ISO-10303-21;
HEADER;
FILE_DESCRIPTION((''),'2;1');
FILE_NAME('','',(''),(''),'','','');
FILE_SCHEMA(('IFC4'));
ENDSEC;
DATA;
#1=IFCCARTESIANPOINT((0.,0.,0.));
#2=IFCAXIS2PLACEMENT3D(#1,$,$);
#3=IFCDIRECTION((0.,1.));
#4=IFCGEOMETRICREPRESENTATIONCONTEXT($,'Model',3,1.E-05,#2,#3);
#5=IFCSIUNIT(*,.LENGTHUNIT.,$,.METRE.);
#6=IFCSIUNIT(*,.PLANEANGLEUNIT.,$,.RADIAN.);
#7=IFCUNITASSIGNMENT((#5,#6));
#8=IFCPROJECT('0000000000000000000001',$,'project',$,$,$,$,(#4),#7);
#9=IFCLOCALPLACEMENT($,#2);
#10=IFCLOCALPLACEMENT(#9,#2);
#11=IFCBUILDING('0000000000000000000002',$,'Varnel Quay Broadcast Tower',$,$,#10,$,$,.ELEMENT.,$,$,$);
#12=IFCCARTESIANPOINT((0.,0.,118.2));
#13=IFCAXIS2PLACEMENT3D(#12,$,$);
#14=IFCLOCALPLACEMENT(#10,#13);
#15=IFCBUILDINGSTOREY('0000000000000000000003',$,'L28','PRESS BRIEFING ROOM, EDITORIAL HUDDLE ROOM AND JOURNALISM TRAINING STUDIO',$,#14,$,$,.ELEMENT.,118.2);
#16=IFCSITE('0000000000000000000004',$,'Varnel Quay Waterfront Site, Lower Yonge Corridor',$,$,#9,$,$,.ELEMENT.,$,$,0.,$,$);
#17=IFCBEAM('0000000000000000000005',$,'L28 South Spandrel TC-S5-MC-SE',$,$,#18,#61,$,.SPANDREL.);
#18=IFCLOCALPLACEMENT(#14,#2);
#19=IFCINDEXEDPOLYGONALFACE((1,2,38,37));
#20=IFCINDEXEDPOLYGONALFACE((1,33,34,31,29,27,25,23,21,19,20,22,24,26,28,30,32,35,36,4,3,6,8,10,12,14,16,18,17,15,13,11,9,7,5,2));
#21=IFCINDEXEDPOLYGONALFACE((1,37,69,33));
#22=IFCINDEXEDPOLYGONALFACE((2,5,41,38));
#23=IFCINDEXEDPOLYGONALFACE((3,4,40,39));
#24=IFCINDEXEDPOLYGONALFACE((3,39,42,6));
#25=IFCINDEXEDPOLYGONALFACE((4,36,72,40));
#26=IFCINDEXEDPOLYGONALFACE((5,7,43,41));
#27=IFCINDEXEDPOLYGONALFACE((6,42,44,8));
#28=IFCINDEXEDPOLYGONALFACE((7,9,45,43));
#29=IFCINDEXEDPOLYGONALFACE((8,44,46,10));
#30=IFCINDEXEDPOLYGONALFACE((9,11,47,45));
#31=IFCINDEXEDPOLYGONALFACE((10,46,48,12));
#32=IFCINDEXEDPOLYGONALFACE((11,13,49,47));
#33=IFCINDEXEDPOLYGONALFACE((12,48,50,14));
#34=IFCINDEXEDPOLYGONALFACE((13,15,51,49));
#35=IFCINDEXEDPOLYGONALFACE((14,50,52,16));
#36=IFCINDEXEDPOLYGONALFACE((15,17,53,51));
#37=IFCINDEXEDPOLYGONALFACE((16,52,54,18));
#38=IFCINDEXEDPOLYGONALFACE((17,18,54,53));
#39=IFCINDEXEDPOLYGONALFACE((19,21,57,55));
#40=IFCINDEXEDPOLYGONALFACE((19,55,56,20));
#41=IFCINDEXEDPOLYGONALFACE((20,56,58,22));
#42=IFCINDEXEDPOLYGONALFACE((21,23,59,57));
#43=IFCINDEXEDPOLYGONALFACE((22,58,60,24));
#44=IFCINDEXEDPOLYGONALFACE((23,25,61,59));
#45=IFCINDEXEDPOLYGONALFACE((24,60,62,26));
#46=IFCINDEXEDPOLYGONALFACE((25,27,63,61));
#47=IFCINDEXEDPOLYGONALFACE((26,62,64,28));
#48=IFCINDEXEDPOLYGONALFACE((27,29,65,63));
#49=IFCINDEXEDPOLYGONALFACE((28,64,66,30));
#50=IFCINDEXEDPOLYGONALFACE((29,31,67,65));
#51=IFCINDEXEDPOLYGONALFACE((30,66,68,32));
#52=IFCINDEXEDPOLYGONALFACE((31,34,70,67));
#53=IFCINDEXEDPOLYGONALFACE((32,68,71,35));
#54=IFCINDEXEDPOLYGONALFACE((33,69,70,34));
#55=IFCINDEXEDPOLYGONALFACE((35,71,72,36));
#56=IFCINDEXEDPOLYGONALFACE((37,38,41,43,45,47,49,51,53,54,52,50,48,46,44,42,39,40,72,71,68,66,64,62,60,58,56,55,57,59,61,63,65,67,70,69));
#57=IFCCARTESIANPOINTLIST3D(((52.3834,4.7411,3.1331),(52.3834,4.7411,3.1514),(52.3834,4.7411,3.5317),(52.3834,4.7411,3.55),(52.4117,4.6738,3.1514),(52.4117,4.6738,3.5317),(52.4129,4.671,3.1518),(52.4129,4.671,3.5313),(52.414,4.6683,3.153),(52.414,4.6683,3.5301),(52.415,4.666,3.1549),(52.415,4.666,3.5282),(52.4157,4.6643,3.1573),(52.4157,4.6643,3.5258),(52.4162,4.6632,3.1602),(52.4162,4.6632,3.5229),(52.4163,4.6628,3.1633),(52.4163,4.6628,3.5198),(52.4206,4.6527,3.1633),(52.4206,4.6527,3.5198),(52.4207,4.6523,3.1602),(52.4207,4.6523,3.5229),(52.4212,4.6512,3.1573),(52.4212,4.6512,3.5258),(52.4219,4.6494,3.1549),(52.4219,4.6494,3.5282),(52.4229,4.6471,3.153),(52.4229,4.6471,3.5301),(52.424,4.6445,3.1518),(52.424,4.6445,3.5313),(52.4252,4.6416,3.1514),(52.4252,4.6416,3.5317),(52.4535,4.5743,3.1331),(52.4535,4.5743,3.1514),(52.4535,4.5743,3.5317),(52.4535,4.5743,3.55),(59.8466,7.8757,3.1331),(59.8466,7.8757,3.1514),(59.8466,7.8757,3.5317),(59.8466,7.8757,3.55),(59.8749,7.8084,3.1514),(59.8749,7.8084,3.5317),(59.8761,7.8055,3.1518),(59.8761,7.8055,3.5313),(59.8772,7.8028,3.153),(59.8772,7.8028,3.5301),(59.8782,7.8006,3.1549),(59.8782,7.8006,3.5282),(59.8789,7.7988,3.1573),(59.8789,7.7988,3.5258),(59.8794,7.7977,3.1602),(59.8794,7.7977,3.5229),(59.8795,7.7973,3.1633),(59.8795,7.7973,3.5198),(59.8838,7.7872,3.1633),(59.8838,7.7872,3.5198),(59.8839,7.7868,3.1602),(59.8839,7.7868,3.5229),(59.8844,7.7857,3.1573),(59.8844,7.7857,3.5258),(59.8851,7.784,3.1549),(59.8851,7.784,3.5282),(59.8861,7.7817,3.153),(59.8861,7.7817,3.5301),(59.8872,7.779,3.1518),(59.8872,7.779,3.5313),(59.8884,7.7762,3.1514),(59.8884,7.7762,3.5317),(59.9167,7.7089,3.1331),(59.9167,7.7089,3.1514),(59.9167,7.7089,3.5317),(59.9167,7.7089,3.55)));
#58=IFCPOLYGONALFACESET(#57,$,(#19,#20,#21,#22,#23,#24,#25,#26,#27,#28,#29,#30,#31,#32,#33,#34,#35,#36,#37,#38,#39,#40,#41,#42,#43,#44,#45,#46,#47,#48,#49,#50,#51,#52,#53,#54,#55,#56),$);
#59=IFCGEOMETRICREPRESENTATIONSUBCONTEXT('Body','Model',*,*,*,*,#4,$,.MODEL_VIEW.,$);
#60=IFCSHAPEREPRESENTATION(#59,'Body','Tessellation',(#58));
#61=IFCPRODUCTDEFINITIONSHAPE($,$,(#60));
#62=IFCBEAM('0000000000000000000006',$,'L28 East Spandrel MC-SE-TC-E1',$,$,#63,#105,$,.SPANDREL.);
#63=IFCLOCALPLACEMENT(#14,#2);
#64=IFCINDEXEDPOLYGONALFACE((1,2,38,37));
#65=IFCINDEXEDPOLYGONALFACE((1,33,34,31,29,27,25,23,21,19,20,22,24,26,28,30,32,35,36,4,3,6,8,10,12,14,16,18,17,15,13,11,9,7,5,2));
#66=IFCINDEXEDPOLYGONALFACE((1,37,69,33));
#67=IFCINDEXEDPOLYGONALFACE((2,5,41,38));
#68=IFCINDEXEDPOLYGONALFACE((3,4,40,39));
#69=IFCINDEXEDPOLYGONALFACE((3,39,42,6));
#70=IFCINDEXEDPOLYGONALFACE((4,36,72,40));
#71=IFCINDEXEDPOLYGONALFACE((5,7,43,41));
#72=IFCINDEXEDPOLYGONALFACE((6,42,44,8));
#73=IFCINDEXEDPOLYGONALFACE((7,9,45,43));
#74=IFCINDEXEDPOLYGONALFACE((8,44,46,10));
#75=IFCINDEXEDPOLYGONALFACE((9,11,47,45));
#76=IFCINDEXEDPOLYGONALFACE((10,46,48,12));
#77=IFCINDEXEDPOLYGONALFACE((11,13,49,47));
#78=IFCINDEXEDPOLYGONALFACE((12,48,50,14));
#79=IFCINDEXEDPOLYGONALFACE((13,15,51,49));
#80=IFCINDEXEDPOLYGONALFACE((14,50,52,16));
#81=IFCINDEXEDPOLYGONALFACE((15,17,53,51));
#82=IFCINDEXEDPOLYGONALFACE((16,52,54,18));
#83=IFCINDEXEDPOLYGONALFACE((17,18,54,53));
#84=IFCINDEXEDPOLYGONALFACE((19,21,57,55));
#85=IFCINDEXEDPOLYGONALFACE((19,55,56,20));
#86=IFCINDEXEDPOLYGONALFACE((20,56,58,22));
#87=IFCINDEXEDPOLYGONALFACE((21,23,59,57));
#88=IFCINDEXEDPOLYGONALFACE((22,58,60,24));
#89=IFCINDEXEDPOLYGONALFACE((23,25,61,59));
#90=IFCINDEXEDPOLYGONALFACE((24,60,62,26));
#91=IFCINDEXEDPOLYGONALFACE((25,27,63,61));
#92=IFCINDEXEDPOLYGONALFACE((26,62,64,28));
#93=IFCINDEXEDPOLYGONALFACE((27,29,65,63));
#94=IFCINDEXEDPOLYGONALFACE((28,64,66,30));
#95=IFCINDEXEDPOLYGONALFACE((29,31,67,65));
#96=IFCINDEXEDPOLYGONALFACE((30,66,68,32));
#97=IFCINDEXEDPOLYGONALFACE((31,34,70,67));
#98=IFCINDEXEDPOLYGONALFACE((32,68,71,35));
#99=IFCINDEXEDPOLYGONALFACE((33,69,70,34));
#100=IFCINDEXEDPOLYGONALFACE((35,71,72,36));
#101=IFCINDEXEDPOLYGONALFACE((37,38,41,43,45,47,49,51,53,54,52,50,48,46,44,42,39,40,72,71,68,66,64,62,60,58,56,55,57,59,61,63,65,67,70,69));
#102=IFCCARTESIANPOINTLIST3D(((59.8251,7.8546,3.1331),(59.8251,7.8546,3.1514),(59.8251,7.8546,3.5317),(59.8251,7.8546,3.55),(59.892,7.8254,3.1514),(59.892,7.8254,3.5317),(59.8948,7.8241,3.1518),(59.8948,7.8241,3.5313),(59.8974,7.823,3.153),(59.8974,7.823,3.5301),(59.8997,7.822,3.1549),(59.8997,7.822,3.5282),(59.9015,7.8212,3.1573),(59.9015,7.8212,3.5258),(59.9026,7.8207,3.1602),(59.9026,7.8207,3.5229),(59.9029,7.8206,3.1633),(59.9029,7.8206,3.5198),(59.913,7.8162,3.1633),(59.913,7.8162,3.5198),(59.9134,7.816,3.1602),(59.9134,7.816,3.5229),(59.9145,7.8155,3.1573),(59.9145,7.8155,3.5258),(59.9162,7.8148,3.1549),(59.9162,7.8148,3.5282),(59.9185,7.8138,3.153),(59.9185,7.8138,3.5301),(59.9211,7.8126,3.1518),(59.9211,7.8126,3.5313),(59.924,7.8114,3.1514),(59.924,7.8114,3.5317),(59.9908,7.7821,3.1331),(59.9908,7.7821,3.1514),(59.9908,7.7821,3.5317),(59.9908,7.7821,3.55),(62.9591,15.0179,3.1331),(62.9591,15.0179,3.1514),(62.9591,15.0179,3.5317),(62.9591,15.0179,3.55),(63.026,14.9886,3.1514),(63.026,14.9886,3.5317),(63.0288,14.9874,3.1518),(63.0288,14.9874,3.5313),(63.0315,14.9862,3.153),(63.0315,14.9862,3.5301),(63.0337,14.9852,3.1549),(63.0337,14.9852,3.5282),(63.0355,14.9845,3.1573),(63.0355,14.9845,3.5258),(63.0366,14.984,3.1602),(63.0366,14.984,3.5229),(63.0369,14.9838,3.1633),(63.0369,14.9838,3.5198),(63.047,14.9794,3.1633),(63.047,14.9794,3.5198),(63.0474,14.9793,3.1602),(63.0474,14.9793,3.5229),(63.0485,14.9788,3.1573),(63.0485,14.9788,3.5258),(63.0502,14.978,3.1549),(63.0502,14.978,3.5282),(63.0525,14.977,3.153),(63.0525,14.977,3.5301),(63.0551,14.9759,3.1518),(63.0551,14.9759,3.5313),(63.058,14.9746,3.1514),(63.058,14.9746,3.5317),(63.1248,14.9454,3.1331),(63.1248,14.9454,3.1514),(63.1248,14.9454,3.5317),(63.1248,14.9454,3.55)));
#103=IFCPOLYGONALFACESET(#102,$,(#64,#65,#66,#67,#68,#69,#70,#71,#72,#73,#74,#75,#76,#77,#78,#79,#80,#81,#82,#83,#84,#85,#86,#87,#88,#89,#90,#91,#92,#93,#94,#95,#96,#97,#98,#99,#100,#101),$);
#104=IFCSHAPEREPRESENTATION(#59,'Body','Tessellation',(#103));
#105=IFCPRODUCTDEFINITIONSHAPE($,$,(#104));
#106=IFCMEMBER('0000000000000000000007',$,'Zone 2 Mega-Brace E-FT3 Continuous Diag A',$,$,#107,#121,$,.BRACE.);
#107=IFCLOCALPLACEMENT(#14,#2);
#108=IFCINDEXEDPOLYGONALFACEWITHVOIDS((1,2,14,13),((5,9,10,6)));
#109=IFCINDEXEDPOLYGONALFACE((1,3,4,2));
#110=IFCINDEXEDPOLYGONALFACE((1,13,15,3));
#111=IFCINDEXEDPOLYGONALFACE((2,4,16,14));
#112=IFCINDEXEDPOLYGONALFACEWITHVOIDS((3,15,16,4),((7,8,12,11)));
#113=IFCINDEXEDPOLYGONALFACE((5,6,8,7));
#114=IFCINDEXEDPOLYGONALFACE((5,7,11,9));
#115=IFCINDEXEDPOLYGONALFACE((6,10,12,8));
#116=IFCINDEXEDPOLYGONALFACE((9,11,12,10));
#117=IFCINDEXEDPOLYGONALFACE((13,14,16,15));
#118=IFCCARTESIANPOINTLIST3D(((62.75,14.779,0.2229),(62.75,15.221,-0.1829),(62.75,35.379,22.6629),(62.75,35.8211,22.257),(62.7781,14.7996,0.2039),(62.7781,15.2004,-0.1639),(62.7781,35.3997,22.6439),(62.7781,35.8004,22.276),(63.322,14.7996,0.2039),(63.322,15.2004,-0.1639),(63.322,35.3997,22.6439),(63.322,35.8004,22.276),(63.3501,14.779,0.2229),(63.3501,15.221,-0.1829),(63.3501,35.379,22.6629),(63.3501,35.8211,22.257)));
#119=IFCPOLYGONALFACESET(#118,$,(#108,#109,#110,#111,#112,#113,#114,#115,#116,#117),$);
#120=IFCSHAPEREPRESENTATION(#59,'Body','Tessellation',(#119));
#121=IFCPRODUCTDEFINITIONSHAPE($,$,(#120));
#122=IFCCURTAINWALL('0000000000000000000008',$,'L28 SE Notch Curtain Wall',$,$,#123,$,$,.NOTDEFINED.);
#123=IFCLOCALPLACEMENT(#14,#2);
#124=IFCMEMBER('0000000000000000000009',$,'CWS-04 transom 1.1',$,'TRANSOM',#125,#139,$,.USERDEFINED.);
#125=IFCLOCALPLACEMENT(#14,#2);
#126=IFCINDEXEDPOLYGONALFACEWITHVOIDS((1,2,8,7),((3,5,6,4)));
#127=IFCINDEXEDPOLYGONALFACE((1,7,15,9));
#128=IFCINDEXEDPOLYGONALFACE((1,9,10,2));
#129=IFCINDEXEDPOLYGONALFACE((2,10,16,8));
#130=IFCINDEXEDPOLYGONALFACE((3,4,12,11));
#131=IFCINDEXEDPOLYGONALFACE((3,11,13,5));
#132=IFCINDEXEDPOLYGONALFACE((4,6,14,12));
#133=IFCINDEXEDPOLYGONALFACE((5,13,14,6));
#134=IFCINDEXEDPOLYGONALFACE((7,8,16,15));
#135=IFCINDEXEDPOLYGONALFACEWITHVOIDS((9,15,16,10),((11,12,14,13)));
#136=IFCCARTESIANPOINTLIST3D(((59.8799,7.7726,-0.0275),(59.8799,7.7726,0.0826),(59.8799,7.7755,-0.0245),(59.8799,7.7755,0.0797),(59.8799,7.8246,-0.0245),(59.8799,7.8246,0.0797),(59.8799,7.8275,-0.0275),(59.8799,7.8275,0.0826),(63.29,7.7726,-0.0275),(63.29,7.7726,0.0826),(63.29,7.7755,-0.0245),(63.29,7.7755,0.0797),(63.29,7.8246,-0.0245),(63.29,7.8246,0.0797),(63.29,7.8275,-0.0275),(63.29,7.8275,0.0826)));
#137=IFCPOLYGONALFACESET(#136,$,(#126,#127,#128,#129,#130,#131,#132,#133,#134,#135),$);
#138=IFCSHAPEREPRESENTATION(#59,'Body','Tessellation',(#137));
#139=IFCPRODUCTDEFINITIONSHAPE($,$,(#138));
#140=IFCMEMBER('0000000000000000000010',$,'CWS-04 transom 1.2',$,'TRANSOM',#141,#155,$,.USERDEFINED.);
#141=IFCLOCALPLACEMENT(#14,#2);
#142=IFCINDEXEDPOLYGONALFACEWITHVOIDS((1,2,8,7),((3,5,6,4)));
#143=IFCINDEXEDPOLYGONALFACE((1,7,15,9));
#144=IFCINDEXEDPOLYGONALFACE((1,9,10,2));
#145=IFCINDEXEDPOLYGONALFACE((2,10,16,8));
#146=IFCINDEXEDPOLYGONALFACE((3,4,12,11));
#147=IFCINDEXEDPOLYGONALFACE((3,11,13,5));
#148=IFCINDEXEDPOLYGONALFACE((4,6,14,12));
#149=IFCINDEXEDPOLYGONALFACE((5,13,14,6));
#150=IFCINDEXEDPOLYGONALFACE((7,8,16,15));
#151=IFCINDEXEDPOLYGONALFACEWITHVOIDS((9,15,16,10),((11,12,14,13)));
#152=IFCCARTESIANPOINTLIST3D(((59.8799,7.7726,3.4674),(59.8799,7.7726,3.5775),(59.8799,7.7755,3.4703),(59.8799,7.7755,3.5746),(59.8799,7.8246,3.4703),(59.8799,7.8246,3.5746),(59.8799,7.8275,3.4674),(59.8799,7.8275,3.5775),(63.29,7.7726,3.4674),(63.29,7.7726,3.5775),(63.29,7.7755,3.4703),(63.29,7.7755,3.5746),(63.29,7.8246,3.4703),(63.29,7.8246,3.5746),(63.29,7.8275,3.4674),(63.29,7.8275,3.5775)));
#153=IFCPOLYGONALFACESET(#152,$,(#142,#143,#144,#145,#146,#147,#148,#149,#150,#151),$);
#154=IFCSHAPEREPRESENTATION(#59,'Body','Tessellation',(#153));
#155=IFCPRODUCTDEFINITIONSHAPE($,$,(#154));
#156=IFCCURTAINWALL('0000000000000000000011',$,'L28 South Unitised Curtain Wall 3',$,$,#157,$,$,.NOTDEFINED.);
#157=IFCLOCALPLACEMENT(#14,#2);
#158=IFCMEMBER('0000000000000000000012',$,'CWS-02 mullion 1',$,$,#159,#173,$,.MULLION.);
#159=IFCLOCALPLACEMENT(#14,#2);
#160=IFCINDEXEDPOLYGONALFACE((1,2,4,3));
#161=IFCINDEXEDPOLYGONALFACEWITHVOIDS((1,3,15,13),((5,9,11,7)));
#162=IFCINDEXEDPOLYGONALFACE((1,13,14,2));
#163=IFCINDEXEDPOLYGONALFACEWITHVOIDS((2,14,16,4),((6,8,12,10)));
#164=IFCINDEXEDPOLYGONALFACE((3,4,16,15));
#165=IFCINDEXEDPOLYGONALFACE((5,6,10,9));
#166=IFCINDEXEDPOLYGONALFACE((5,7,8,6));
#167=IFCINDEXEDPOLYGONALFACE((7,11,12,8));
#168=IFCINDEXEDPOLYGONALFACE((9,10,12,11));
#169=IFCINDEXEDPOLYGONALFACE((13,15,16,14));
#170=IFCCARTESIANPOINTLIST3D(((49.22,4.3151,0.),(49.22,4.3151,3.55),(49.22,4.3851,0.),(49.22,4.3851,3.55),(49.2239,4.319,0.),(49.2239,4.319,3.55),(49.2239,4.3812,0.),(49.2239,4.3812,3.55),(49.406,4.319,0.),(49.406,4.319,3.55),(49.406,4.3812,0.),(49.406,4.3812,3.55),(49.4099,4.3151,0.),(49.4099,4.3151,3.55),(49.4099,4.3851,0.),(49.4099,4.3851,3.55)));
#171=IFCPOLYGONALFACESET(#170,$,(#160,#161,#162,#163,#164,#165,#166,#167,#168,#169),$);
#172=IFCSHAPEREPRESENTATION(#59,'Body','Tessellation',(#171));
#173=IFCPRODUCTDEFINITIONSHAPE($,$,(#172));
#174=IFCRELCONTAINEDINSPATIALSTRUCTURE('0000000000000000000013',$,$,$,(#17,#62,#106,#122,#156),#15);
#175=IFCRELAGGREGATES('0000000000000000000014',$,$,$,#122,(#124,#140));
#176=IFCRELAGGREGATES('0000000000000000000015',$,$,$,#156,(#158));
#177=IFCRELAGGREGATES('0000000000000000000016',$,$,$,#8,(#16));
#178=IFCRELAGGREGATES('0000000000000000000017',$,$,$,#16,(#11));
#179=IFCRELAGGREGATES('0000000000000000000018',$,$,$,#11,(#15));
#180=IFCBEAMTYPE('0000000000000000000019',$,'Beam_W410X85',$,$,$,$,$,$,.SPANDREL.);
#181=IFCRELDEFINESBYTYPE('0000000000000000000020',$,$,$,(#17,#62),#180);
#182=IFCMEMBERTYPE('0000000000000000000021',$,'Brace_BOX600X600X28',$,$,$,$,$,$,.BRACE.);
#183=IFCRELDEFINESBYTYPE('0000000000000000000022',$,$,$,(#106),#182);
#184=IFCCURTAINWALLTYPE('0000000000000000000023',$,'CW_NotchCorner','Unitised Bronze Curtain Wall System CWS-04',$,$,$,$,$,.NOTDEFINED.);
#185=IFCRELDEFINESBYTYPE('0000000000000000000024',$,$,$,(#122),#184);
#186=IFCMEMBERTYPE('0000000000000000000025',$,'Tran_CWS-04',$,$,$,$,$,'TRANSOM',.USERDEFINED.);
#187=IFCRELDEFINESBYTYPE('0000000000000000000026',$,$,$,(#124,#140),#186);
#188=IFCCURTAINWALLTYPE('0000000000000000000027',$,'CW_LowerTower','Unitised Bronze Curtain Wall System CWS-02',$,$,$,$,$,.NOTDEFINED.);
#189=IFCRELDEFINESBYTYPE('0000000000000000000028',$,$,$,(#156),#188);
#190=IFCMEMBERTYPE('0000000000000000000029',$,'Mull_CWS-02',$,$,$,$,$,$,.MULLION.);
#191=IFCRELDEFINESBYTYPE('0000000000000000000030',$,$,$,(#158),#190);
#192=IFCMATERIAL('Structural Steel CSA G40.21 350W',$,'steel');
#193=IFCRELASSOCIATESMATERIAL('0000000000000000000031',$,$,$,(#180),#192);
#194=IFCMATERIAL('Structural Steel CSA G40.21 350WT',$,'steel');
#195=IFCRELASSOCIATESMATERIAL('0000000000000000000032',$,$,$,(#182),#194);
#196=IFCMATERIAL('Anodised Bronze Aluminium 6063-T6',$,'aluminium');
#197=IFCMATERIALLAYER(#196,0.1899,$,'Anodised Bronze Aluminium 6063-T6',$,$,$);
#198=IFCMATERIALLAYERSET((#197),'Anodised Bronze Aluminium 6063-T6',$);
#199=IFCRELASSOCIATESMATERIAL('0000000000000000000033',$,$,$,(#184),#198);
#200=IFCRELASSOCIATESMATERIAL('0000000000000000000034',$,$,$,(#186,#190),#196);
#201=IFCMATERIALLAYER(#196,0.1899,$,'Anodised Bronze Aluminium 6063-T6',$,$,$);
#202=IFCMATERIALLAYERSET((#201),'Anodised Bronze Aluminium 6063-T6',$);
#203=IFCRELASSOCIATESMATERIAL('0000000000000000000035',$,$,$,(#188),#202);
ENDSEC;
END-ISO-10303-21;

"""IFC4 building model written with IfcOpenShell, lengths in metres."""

from ifc_helpers import new_model, si_unit, direction, frame, origin, origin_2d, place, context, subcontext, project, spatial, hollow_rectangle, i_section, extrude, source, transform, mapped, material, layer, layer_set, material_profile, profile_set, type_object, type_shapes, element, aggregate, save


model = new_model("IFC4")

# Units and contexts
model_context = context("Model", 3, precision=1e-05, world=origin(), true_north=direction((0.0, 1.0)))
body_context = subcontext(model_context, "Body", "Model", "MODEL_VIEW")
ifc_project = project(units=[si_unit("LENGTHUNIT", "METRE"), si_unit("PLANEANGLEUNIT", "RADIAN")], contexts=[model_context])

# Site, building, storey
site_placement = place(None, origin())
site = spatial("IfcSite", under=ifc_project, at=site_placement, Name="Varnel Quay Waterfront Site, Lower Yonge Corridor", CompositionType="ELEMENT", RefElevation=0.0)
building_placement = place(site_placement, origin())
building = spatial("IfcBuilding", under=site, at=building_placement, Name="Varnel Quay Broadcast Tower", CompositionType="ELEMENT")
storey_placement = place(building_placement, frame((0.0, 0.0, 118.2)))
storey = spatial("IfcBuildingStorey", under=building, at=storey_placement, Name="L28", Description="PRESS BRIEFING ROOM, EDITORIAL HUDDLE ROOM AND JOURNALISM TRAINING STUDIO", CompositionType="ELEMENT", Elevation=118.2)

# Shared definitions
ifc_material_1 = material(Name="Structural Steel CSA G40.21 350WT", Category="steel")
ifc_material_2 = material(Name="Structural Steel CSA G40.21 350W", Category="steel")

# Beams
ifc_material_profile_1 = material_profile(ifc_material_2, i_section(OverallWidth=0.1809, OverallDepth=0.417, WebThickness=0.011, FlangeThickness=0.0183, FilletRadius=0.012, at=origin_2d()), Name="W410X85")
ifc_profile_set_1 = profile_set([ifc_material_profile_1], Name="Structural Steel CSA G40.21 350W")
beam_type = type_object("IfcBeamType", Name="Beam_W410X85", PredefinedType="SPANDREL", material=ifc_profile_set_1)
shared_shape_1 = source(origin(), body_context, "Body", "SweptSolid", [
    extrude(i_section(OverallWidth=0.1809, OverallDepth=0.417, WebThickness=0.011, FlangeThickness=0.0183, FilletRadius=0.012, at=origin_2d()), origin(), (0.0, 0.0, 1.0), 8.0947),
])
beam_1_placement = place(storey_placement, frame((52.4185, 4.6577, 3.3416), z_axis=(0.921982, 0.387233, 0.0), x_axis=(-0.387233, 0.921982, 0.0)))
element("IfcBeam", 1, at=beam_1_placement, inside=storey, type_object=beam_type, Name="L28 South Spandrel TC-S5-MC-SE", PredefinedType="SPANDREL", context=body_context, shape_type="MappedRepresentation", body=[
    mapped(shared_shape_1, transform((0.0, 0.0, 0.0), x_axis=(1.0, 0.0, 0.0), y_axis=(0.0, 1.0, 0.0), z_axis=(0.0, 0.0, 1.0), scale=1.0)),
])
shared_shape_2 = source(origin(), body_context, "Body", "SweptSolid", [
    extrude(i_section(OverallWidth=0.1809, OverallDepth=0.417, WebThickness=0.011, FlangeThickness=0.0183, FilletRadius=0.012, at=origin_2d()), origin(), (0.0, 0.0, 1.0), 7.8188),
])
beam_2_placement = place(storey_placement, frame((59.908, 7.8184, 3.3416), z_axis=(0.400827, 0.916154, 0.0), x_axis=(-0.916154, 0.400827, 0.0)))
element("IfcBeam", 2, at=beam_2_placement, inside=storey, type_object=beam_type, Name="L28 East Spandrel MC-SE-TC-E1", PredefinedType="SPANDREL", context=body_context, shape_type="MappedRepresentation", body=[
    mapped(shared_shape_2, transform((0.0, 0.0, 0.0), x_axis=(1.0, 0.0, 0.0), y_axis=(0.0, 1.0, 0.0), z_axis=(0.0, 0.0, 1.0), scale=1.0)),
])

# Member
ifc_material_profile_2 = material_profile(ifc_material_1, hollow_rectangle(XDim=0.6001, YDim=0.6001, WallThickness=0.0281, at=origin_2d()), Name="BOX600X600X28")
ifc_profile_set_2 = profile_set([ifc_material_profile_2], Name="Structural Steel CSA G40.21 350WT")
member_type_1 = type_object("IfcMemberType", Name="Brace_BOX600X600X28", PredefinedType="BRACE", material=ifc_profile_set_2)
shared_shape_3 = source(origin(), body_context, "Body", "SweptSolid", [
    extrude(hollow_rectangle(XDim=0.6001, YDim=0.6001, WallThickness=0.0281, at=origin_2d()), origin(), (0.0, 0.0, 1.0), 30.4617),
])
type_shapes(member_type_1, [shared_shape_3])
member_1_placement = place(storey_placement, frame((63.05, 15.0, 0.02), z_axis=(0.0, 0.676262, 0.736661), x_axis=(-1.0, 0.0, 0.0)))
element("IfcMember", 3, at=member_1_placement, inside=storey, type_object=member_type_1, Name="Zone 2 Mega-Brace E-FT3 Continuous Diag A", PredefinedType="BRACE", context=body_context, shape_type="MappedRepresentation", body=[
    mapped(shared_shape_3, transform((0.0, 0.0, 0.0), x_axis=(1.0, 0.0, 0.0), y_axis=(0.0, 1.0, 0.0), z_axis=(0.0, 0.0, 1.0), scale=1.0)),
])

# Curtain walls, members
ifc_material_3 = material(Name="Anodised Bronze Aluminium 6063-T6", Category="aluminium")
ifc_layer_1 = layer(ifc_material_3, 0.1899, Name="Anodised Bronze Aluminium 6063-T6")
ifc_layer_set_1 = layer_set([ifc_layer_1], Name="Anodised Bronze Aluminium 6063-T6")
curtain_wall_type_1 = type_object("IfcCurtainWallType", Name="CW_NotchCorner", Description="Unitised Bronze Curtain Wall System CWS-04", PredefinedType="NOTDEFINED", material=ifc_layer_set_1)
curtain_wall_1_placement = place(storey_placement, origin())
curtain_wall_1 = element("IfcCurtainWall", 4, at=curtain_wall_1_placement, inside=storey, type_object=curtain_wall_type_1, Name="L28 SE Notch Curtain Wall", PredefinedType="NOTDEFINED")
ifc_material_profile_3 = material_profile(ifc_material_3, hollow_rectangle(XDim=0.0549, YDim=0.1101, WallThickness=0.0029, at=origin_2d()), Name="ALU55X110X3")
ifc_profile_set_3 = profile_set([ifc_material_profile_3], Name="Anodised Bronze Aluminium 6063-T6")
member_type_2 = type_object("IfcMemberType", Name="Tran_CWS-04", ElementType="TRANSOM", PredefinedType="USERDEFINED", material=ifc_profile_set_3)
shared_shape_4 = source(origin(), body_context, "Body", "SweptSolid", [
    extrude(hollow_rectangle(XDim=0.0549, YDim=0.1101, WallThickness=0.0029, at=origin_2d()), origin(), (0.0, 0.0, 1.0), 3.4102),
])
type_shapes(member_type_2, [shared_shape_4])
member_2_placement = place(storey_placement, frame((59.8799, 7.8, 0.0276), z_axis=(1.0, 0.0, 0.0), x_axis=(0.0, 1.0, 0.0)))
member_2 = element("IfcMember", 5, at=member_2_placement, type_object=member_type_2, Name="CWS-04 transom 1.1", ObjectType="TRANSOM", PredefinedType="USERDEFINED", context=body_context, shape_type="MappedRepresentation", body=[
    mapped(shared_shape_4, transform((0.0, 0.0, 0.0), x_axis=(1.0, 0.0, 0.0), y_axis=(0.0, 1.0, 0.0), z_axis=(0.0, 0.0, 1.0), scale=1.0)),
])
member_3_placement = place(storey_placement, frame((59.8799, 7.8, 3.5225), z_axis=(1.0, 0.0, 0.0), x_axis=(0.0, 1.0, 0.0)))
member_3 = element("IfcMember", 6, at=member_3_placement, type_object=member_type_2, Name="CWS-04 transom 1.2", ObjectType="TRANSOM", PredefinedType="USERDEFINED", context=body_context, shape_type="MappedRepresentation", body=[
    mapped(shared_shape_4, transform((0.0, 0.0, 0.0), x_axis=(1.0, 0.0, 0.0), y_axis=(0.0, 1.0, 0.0), z_axis=(0.0, 0.0, 1.0), scale=1.0)),
])
ifc_layer_2 = layer(ifc_material_3, 0.1899, Name="Anodised Bronze Aluminium 6063-T6")
ifc_layer_set_2 = layer_set([ifc_layer_2], Name="Anodised Bronze Aluminium 6063-T6")
curtain_wall_type_2 = type_object("IfcCurtainWallType", Name="CW_LowerTower", Description="Unitised Bronze Curtain Wall System CWS-02", PredefinedType="NOTDEFINED", material=ifc_layer_set_2)
curtain_wall_2_placement = place(storey_placement, origin())
curtain_wall_2 = element("IfcCurtainWall", 7, at=curtain_wall_2_placement, inside=storey, type_object=curtain_wall_type_2, Name="L28 South Unitised Curtain Wall 3", PredefinedType="NOTDEFINED")
ifc_material_profile_4 = material_profile(ifc_material_3, hollow_rectangle(XDim=0.0701, YDim=0.1899, WallThickness=0.0039, at=origin_2d()), Name="ALU70X190X4")
ifc_profile_set_4 = profile_set([ifc_material_profile_4], Name="Anodised Bronze Aluminium 6063-T6")
member_type_3 = type_object("IfcMemberType", Name="Mull_CWS-02", PredefinedType="MULLION", material=ifc_profile_set_4)
shared_shape_5 = source(origin(), body_context, "Body", "SweptSolid", [
    extrude(hollow_rectangle(XDim=0.0701, YDim=0.1899, WallThickness=0.0039, at=origin_2d()), origin(), (0.0, 0.0, 1.0), 3.55),
])
type_shapes(member_type_3, [shared_shape_5])
member_4_placement = place(storey_placement, frame((49.3149, 4.3501, 0.0), z_axis=(0.0, 0.0, 1.0), x_axis=(0.0, 1.0, 0.0)))
member_4 = element("IfcMember", 8, at=member_4_placement, type_object=member_type_3, Name="CWS-02 mullion 1", PredefinedType="MULLION", context=body_context, shape_type="MappedRepresentation", body=[
    mapped(shared_shape_5, transform((0.0, 0.0, 0.0), x_axis=(1.0, 0.0, 0.0), y_axis=(0.0, 1.0, 0.0), z_axis=(0.0, 0.0, 1.0), scale=1.0)),
])

aggregate(curtain_wall_1, [member_2, member_3])
aggregate(curtain_wall_2, [member_4])

save(model, "model.ifc")
